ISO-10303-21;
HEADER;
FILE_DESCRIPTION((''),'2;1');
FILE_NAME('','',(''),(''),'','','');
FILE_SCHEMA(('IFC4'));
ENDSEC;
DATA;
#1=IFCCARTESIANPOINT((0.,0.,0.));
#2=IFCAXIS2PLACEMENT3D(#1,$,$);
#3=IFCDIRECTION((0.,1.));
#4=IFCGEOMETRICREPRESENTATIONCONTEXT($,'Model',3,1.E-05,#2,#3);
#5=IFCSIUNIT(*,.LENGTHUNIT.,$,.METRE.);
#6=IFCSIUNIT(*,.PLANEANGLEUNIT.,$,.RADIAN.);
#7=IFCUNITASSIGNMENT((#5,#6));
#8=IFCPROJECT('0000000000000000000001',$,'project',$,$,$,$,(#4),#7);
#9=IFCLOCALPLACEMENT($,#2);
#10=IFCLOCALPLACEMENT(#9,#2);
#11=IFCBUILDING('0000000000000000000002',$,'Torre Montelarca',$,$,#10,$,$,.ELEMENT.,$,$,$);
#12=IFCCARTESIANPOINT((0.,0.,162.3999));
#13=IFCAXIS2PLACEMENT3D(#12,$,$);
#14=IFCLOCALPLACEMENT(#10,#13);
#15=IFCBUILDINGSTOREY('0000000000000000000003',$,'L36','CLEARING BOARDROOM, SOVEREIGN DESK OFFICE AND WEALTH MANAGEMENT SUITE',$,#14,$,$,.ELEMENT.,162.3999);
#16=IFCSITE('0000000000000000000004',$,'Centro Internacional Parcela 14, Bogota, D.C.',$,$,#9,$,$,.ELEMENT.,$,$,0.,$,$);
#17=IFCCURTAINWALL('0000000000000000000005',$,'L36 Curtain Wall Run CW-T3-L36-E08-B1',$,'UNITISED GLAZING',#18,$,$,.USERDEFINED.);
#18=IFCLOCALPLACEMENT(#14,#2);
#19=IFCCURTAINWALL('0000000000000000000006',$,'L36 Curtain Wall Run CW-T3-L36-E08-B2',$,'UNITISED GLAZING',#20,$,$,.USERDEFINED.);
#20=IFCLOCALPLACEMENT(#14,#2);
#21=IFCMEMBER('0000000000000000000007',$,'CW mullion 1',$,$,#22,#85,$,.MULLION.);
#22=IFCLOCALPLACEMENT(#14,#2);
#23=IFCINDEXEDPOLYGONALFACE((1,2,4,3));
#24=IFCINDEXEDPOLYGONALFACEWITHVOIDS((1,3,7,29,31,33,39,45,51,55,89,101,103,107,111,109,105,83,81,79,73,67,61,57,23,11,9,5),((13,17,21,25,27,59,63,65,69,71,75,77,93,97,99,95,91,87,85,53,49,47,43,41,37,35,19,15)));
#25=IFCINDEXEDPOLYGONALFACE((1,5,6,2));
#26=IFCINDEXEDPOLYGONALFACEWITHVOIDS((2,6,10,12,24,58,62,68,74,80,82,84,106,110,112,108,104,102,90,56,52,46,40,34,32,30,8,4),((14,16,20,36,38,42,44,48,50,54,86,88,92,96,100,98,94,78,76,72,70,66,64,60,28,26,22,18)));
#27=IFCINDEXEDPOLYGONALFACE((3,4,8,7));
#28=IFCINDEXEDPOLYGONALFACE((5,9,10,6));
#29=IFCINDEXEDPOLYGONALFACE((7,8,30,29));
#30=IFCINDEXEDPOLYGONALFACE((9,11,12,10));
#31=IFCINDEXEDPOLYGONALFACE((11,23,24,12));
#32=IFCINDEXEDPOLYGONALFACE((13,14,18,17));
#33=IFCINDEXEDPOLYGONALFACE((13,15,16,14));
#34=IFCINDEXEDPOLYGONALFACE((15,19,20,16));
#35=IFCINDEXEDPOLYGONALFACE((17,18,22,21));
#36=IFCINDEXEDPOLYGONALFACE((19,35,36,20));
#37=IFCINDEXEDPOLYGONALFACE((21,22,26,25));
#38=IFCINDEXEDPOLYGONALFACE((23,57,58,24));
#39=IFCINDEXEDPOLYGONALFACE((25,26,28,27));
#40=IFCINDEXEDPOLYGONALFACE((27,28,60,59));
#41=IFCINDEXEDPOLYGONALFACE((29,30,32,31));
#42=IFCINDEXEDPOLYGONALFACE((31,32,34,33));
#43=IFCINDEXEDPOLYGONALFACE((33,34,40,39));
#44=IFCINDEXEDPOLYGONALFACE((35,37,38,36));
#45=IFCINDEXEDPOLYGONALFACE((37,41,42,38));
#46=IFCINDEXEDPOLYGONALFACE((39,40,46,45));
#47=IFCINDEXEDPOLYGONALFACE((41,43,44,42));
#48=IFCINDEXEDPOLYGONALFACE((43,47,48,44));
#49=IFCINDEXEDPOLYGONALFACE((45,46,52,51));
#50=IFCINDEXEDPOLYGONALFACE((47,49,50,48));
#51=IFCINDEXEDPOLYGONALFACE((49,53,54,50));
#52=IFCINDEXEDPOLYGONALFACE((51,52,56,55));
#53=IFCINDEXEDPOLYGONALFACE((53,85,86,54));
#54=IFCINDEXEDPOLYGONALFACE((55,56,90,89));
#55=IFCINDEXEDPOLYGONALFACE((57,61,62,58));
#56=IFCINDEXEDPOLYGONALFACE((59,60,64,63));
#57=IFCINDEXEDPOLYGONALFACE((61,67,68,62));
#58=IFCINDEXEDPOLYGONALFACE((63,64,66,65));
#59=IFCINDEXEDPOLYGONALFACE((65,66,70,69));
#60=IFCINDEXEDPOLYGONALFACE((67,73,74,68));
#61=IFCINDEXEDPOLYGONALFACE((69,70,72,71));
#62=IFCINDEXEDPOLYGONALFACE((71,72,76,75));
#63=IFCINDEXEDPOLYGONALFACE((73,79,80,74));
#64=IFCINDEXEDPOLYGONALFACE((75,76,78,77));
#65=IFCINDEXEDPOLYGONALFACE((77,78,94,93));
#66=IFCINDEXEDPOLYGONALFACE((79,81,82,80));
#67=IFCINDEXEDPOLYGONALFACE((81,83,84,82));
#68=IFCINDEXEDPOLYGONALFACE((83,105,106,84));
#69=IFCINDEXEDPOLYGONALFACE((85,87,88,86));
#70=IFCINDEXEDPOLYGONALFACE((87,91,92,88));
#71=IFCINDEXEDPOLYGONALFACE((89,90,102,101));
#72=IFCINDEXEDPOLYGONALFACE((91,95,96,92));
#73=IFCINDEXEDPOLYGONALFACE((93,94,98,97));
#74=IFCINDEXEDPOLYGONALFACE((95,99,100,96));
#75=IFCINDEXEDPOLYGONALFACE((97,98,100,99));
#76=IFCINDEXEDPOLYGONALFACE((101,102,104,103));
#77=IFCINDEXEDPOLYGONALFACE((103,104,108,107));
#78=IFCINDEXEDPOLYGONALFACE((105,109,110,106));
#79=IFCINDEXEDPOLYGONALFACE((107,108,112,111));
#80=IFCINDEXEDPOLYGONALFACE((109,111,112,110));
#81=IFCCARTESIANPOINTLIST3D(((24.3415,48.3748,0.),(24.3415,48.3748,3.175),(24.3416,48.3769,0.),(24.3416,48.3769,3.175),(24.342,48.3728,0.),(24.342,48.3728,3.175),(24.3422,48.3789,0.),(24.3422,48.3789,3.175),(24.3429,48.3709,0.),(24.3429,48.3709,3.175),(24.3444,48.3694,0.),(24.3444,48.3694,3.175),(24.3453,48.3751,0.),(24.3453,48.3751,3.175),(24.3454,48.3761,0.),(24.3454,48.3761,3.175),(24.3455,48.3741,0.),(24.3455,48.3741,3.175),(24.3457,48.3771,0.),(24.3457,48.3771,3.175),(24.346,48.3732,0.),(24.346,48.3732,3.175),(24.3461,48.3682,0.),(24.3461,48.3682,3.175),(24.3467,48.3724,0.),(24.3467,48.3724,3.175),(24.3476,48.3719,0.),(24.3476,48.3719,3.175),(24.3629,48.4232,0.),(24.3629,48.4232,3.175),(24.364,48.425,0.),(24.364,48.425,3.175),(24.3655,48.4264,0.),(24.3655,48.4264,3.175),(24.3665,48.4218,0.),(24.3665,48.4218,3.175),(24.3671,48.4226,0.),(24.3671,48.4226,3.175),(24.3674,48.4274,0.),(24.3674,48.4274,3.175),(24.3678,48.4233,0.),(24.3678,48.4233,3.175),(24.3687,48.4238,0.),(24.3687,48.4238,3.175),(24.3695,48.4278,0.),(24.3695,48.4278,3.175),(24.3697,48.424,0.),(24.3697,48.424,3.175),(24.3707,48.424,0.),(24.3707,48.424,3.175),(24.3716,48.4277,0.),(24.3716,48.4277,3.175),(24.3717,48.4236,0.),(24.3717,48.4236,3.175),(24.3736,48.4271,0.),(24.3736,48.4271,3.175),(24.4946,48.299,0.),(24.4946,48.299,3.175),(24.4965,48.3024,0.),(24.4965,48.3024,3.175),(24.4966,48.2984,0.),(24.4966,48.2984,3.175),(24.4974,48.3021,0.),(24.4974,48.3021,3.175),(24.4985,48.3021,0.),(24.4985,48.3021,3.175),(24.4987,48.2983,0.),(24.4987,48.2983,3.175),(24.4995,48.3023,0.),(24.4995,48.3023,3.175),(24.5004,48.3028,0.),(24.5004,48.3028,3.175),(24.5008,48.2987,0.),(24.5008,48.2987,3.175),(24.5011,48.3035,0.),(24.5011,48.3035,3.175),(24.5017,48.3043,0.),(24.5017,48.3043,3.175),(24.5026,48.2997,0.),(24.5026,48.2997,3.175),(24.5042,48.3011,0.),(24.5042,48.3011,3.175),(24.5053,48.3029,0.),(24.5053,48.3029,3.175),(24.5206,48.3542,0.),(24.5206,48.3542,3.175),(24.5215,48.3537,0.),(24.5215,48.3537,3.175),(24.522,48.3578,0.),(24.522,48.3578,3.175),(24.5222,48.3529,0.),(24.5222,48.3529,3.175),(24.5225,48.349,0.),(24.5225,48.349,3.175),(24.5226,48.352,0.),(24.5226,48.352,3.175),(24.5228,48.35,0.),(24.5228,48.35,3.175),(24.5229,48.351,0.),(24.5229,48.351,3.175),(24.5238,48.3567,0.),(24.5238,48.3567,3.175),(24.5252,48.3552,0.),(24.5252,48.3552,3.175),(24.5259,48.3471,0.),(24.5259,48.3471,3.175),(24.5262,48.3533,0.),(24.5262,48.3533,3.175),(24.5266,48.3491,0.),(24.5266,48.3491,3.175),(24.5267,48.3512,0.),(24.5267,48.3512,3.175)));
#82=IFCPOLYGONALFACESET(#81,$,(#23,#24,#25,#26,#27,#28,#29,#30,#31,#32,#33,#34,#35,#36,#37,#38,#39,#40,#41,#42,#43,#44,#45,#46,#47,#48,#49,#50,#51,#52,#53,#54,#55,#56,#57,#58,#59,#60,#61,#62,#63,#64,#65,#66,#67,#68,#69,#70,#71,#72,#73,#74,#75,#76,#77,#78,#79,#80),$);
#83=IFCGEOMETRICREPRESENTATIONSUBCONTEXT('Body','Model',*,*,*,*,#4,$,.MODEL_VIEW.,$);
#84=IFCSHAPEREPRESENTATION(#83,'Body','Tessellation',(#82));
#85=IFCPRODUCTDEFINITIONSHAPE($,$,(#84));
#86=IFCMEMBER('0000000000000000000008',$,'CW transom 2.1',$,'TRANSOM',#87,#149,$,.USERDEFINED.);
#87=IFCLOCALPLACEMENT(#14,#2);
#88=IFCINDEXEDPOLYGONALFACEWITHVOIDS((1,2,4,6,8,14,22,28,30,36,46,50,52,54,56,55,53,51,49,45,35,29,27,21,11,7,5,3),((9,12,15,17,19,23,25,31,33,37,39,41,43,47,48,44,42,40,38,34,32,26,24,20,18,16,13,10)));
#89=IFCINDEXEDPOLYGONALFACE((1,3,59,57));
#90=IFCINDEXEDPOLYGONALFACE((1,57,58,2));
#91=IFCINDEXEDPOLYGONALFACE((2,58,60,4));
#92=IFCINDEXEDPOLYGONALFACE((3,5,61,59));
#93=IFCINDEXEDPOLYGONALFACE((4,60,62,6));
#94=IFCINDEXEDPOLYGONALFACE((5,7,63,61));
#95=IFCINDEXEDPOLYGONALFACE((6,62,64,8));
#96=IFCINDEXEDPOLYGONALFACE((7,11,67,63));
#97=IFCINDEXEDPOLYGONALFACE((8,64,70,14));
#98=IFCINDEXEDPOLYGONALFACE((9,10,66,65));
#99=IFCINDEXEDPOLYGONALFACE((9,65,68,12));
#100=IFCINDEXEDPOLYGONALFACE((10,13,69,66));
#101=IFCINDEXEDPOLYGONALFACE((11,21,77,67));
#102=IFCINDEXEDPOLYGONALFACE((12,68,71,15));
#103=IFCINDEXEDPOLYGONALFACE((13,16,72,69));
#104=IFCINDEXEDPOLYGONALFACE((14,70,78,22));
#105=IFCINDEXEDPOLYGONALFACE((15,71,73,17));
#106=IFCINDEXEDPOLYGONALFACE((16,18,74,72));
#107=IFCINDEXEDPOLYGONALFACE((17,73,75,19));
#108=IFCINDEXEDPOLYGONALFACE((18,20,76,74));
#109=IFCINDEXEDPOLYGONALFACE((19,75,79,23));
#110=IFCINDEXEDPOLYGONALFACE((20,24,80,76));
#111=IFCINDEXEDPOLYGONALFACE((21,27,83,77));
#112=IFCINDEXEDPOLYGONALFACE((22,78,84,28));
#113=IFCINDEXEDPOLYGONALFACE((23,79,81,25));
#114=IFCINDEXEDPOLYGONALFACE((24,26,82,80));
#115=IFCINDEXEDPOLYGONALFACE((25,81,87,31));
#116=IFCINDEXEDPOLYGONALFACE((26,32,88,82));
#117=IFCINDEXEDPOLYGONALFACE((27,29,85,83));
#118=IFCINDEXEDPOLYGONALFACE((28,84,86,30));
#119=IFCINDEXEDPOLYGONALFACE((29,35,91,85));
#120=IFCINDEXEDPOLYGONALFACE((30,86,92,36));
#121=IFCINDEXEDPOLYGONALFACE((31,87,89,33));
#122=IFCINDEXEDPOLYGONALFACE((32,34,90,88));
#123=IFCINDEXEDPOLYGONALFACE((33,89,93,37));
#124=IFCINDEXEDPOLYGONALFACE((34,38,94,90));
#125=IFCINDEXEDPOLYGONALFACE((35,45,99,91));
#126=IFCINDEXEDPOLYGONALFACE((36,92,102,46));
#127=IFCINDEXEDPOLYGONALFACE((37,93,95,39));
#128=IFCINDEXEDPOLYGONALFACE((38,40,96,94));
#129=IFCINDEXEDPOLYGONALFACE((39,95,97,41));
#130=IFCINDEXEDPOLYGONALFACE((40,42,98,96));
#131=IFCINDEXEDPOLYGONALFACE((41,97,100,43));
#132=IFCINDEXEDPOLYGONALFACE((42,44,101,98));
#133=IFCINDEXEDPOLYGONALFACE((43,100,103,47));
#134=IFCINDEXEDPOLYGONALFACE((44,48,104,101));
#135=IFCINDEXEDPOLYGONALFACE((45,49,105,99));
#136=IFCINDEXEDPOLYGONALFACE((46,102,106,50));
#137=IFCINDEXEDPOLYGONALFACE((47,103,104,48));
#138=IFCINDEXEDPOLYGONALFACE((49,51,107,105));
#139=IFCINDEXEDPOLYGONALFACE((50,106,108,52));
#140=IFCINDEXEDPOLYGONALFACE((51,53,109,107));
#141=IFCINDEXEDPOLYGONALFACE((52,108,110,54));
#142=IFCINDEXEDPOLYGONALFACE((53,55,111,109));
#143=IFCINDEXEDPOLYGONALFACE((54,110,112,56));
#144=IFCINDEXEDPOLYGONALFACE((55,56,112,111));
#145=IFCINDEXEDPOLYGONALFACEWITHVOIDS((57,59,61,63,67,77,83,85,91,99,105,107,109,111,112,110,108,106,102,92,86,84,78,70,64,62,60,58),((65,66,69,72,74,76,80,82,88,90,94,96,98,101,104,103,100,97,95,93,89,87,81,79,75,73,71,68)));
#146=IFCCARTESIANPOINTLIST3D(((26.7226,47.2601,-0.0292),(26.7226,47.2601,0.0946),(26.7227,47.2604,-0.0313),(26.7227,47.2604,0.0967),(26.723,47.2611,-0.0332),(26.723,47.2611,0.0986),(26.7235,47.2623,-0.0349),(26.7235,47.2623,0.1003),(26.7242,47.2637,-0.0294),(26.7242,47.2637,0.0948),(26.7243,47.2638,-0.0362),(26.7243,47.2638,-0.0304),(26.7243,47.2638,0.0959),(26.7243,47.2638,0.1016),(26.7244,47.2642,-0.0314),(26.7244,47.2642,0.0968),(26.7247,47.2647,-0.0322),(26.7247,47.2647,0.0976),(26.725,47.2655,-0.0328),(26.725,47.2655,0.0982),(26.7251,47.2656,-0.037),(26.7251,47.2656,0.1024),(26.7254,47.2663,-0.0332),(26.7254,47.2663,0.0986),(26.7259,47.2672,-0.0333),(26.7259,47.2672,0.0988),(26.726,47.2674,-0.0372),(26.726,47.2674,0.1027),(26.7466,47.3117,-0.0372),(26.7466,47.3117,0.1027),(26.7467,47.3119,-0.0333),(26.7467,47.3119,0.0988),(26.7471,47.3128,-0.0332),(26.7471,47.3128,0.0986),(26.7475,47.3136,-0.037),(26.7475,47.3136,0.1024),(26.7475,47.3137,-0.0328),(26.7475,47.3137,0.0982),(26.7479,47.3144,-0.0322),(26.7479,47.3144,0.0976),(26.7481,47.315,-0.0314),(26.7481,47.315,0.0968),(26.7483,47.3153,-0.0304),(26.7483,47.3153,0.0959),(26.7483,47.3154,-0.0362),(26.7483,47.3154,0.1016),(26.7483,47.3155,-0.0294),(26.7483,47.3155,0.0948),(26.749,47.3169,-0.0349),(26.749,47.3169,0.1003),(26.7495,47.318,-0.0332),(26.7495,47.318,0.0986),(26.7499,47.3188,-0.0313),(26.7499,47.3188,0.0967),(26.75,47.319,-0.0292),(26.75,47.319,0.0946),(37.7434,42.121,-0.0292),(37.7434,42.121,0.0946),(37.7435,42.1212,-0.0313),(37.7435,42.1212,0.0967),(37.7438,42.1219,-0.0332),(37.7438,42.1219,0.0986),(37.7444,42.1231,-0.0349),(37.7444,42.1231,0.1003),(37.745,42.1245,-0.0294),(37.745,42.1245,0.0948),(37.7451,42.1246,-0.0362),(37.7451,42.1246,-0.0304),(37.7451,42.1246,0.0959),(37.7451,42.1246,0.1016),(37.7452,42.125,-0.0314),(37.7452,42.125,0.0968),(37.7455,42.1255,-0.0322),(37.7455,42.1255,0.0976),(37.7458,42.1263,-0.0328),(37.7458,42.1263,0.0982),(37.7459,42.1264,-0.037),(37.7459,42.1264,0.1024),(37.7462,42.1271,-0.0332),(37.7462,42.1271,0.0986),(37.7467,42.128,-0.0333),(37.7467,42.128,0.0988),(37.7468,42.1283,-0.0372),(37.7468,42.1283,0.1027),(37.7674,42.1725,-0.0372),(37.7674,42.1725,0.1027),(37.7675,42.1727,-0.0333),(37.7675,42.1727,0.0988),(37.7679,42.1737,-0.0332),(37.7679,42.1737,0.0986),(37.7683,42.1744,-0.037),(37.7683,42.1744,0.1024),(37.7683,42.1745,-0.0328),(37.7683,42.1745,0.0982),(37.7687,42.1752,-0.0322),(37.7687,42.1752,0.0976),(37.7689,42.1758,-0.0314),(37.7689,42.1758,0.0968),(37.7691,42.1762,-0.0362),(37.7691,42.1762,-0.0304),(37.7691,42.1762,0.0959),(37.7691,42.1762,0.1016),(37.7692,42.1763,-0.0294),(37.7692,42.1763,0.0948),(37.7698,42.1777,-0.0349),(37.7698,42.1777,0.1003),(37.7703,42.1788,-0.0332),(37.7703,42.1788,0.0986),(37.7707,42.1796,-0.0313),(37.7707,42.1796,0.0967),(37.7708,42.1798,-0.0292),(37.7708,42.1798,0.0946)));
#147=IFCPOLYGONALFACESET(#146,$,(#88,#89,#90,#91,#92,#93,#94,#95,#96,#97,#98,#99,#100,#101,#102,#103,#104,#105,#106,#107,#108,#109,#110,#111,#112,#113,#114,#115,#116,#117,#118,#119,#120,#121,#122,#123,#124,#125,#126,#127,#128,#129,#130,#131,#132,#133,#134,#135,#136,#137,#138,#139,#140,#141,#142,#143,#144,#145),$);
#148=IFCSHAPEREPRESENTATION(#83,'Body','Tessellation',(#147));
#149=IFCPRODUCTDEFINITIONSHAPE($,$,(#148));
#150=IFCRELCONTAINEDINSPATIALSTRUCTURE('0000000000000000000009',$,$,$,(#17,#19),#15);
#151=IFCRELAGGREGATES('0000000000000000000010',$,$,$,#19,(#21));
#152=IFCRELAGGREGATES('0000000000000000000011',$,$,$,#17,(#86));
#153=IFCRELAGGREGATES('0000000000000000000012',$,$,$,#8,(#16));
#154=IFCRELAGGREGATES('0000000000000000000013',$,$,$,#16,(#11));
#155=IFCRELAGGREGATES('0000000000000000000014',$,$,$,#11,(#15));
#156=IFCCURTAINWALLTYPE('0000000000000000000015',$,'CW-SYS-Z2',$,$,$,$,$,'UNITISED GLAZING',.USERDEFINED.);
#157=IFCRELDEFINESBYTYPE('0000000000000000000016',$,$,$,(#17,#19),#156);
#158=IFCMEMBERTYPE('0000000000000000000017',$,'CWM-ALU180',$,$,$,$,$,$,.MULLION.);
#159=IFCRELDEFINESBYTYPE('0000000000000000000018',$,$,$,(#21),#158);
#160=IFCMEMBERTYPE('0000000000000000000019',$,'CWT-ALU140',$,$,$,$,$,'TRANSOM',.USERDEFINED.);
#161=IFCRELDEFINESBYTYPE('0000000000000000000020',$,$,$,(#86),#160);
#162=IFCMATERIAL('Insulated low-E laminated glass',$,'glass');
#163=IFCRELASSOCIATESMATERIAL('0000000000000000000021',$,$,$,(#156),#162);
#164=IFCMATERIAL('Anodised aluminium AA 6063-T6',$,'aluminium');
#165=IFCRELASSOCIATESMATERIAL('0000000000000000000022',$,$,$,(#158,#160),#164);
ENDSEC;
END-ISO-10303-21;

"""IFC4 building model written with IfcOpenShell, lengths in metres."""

from ifc_helpers import new_model, si_unit, direction, frame, origin, origin_2d, place, context, subcontext, project, spatial, hollow_rectangle, extrude, source, transform, mapped, material, material_profile, profile_set, type_object, element, aggregate, save


model = new_model("IFC4")

# Units and contexts
model_context = context("Model", 3, precision=1e-05, world=origin(), true_north=direction((0.0, 1.0)))
body_context = subcontext(model_context, "Body", "Model", "MODEL_VIEW")
ifc_project = project(units=[si_unit("LENGTHUNIT", "METRE"), si_unit("PLANEANGLEUNIT", "RADIAN")], contexts=[model_context])

# Site, building, storey
site_placement = place(None, origin())
site = spatial("IfcSite", under=ifc_project, at=site_placement, Name="Centro Internacional Parcela 14, Bogota, D.C.", CompositionType="ELEMENT", RefElevation=0.0)
building_placement = place(site_placement, origin())
building = spatial("IfcBuilding", under=site, at=building_placement, Name="Torre Montelarca", CompositionType="ELEMENT")
storey_placement = place(building_placement, frame((0.0, 0.0, 162.3999)))
storey = spatial("IfcBuildingStorey", under=building, at=storey_placement, Name="L36", Description="CLEARING BOARDROOM, SOVEREIGN DESK OFFICE AND WEALTH MANAGEMENT SUITE", CompositionType="ELEMENT", Elevation=162.3999)

# Curtain wall
ifc_material_1 = material(Name="Insulated low-E laminated glass", Category="glass")
curtain_wall_type = type_object("IfcCurtainWallType", Name="CW-SYS-Z2", ElementType="UNITISED GLAZING", PredefinedType="USERDEFINED", material=ifc_material_1)
curtain_wall_1_placement = place(storey_placement, origin())
curtain_wall_1 = element("IfcCurtainWall", 1, at=curtain_wall_1_placement, inside=storey, type_object=curtain_wall_type, Name="L36 Curtain Wall Run CW-T3-L36-E08-B1", ObjectType="UNITISED GLAZING", PredefinedType="USERDEFINED")
ifc_material_2 = material(Name="Anodised aluminium AA 6063-T6", Category="aluminium")
ifc_material_profile_1 = material_profile(ifc_material_2, hollow_rectangle(XDim=0.0649, YDim=0.1799, WallThickness=0.0039, InnerFilletRadius=0.0039, OuterFilletRadius=0.0081, at=origin_2d()), Name="ALU65X180X4", Category="aluminium")
ifc_profile_set_1 = profile_set([ifc_material_profile_1], Name="Anodised aluminium AA 6063-T6")
member_type_1 = type_object("IfcMemberType", Name="CWM-ALU180", PredefinedType="MULLION", material=ifc_profile_set_1)
shared_shape_1 = source(origin(), body_context, "Body", "SweptSolid", [
    extrude(hollow_rectangle(XDim=0.0649, YDim=0.1799, WallThickness=0.0039, InnerFilletRadius=0.0039, OuterFilletRadius=0.0081, at=origin_2d()), origin(), (0.0, 0.0, 1.0), 3.175),
])

# Curtain wall, member
curtain_wall_2_placement = place(storey_placement, origin())
curtain_wall_2 = element("IfcCurtainWall", 2, at=curtain_wall_2_placement, inside=storey, type_object=curtain_wall_type, Name="L36 Curtain Wall Run CW-T3-L36-E08-B2", ObjectType="UNITISED GLAZING", PredefinedType="USERDEFINED")
member_1_placement = place(storey_placement, frame((24.4341, 48.363, 0.0), z_axis=(0.0, 0.0, 1.0), x_axis=(-0.422626, -0.906304, 0.0)))
member_1 = element("IfcMember", 3, at=member_1_placement, type_object=member_type_1, Name="CW mullion 1", PredefinedType="MULLION", context=body_context, shape_type="MappedRepresentation", body=[
    mapped(shared_shape_1, transform((0.0, 0.0, 0.0), scale=1.0)),
])

# Member
ifc_material_profile_2 = material_profile(ifc_material_2, hollow_rectangle(XDim=0.0649, YDim=0.1399, WallThickness=0.0039, InnerFilletRadius=0.0039, OuterFilletRadius=0.0081, at=origin_2d()), Name="ALU65X140X4", Category="aluminium")
ifc_profile_set_2 = profile_set([ifc_material_profile_2], Name="Anodised aluminium AA 6063-T6")
member_type_2 = type_object("IfcMemberType", Name="CWT-ALU140", ElementType="TRANSOM", PredefinedType="USERDEFINED", material=ifc_profile_set_2)
shared_shape_2 = source(origin(), body_context, "Body", "SweptSolid", [
    extrude(hollow_rectangle(XDim=0.0649, YDim=0.1399, WallThickness=0.0039, InnerFilletRadius=0.0039, OuterFilletRadius=0.0081, at=origin_2d()), origin(), (0.0, 0.0, 1.0), 12.1602),
])
member_2_placement = place(storey_placement, frame((37.7571, 42.1504, 0.0327), z_axis=(-0.906305, 0.422625, 0.0), x_axis=(-0.422625, -0.906305, 0.0)))
member_2 = element("IfcMember", 4, at=member_2_placement, type_object=member_type_2, Name="CW transom 2.1", ObjectType="TRANSOM", PredefinedType="USERDEFINED", context=body_context, shape_type="MappedRepresentation", body=[
    mapped(shared_shape_2, transform((0.0, 0.0, 0.0), scale=1.0)),
])
aggregate(curtain_wall_2, [member_1])

aggregate(curtain_wall_1, [member_2])

save(model, "model.ifc")
